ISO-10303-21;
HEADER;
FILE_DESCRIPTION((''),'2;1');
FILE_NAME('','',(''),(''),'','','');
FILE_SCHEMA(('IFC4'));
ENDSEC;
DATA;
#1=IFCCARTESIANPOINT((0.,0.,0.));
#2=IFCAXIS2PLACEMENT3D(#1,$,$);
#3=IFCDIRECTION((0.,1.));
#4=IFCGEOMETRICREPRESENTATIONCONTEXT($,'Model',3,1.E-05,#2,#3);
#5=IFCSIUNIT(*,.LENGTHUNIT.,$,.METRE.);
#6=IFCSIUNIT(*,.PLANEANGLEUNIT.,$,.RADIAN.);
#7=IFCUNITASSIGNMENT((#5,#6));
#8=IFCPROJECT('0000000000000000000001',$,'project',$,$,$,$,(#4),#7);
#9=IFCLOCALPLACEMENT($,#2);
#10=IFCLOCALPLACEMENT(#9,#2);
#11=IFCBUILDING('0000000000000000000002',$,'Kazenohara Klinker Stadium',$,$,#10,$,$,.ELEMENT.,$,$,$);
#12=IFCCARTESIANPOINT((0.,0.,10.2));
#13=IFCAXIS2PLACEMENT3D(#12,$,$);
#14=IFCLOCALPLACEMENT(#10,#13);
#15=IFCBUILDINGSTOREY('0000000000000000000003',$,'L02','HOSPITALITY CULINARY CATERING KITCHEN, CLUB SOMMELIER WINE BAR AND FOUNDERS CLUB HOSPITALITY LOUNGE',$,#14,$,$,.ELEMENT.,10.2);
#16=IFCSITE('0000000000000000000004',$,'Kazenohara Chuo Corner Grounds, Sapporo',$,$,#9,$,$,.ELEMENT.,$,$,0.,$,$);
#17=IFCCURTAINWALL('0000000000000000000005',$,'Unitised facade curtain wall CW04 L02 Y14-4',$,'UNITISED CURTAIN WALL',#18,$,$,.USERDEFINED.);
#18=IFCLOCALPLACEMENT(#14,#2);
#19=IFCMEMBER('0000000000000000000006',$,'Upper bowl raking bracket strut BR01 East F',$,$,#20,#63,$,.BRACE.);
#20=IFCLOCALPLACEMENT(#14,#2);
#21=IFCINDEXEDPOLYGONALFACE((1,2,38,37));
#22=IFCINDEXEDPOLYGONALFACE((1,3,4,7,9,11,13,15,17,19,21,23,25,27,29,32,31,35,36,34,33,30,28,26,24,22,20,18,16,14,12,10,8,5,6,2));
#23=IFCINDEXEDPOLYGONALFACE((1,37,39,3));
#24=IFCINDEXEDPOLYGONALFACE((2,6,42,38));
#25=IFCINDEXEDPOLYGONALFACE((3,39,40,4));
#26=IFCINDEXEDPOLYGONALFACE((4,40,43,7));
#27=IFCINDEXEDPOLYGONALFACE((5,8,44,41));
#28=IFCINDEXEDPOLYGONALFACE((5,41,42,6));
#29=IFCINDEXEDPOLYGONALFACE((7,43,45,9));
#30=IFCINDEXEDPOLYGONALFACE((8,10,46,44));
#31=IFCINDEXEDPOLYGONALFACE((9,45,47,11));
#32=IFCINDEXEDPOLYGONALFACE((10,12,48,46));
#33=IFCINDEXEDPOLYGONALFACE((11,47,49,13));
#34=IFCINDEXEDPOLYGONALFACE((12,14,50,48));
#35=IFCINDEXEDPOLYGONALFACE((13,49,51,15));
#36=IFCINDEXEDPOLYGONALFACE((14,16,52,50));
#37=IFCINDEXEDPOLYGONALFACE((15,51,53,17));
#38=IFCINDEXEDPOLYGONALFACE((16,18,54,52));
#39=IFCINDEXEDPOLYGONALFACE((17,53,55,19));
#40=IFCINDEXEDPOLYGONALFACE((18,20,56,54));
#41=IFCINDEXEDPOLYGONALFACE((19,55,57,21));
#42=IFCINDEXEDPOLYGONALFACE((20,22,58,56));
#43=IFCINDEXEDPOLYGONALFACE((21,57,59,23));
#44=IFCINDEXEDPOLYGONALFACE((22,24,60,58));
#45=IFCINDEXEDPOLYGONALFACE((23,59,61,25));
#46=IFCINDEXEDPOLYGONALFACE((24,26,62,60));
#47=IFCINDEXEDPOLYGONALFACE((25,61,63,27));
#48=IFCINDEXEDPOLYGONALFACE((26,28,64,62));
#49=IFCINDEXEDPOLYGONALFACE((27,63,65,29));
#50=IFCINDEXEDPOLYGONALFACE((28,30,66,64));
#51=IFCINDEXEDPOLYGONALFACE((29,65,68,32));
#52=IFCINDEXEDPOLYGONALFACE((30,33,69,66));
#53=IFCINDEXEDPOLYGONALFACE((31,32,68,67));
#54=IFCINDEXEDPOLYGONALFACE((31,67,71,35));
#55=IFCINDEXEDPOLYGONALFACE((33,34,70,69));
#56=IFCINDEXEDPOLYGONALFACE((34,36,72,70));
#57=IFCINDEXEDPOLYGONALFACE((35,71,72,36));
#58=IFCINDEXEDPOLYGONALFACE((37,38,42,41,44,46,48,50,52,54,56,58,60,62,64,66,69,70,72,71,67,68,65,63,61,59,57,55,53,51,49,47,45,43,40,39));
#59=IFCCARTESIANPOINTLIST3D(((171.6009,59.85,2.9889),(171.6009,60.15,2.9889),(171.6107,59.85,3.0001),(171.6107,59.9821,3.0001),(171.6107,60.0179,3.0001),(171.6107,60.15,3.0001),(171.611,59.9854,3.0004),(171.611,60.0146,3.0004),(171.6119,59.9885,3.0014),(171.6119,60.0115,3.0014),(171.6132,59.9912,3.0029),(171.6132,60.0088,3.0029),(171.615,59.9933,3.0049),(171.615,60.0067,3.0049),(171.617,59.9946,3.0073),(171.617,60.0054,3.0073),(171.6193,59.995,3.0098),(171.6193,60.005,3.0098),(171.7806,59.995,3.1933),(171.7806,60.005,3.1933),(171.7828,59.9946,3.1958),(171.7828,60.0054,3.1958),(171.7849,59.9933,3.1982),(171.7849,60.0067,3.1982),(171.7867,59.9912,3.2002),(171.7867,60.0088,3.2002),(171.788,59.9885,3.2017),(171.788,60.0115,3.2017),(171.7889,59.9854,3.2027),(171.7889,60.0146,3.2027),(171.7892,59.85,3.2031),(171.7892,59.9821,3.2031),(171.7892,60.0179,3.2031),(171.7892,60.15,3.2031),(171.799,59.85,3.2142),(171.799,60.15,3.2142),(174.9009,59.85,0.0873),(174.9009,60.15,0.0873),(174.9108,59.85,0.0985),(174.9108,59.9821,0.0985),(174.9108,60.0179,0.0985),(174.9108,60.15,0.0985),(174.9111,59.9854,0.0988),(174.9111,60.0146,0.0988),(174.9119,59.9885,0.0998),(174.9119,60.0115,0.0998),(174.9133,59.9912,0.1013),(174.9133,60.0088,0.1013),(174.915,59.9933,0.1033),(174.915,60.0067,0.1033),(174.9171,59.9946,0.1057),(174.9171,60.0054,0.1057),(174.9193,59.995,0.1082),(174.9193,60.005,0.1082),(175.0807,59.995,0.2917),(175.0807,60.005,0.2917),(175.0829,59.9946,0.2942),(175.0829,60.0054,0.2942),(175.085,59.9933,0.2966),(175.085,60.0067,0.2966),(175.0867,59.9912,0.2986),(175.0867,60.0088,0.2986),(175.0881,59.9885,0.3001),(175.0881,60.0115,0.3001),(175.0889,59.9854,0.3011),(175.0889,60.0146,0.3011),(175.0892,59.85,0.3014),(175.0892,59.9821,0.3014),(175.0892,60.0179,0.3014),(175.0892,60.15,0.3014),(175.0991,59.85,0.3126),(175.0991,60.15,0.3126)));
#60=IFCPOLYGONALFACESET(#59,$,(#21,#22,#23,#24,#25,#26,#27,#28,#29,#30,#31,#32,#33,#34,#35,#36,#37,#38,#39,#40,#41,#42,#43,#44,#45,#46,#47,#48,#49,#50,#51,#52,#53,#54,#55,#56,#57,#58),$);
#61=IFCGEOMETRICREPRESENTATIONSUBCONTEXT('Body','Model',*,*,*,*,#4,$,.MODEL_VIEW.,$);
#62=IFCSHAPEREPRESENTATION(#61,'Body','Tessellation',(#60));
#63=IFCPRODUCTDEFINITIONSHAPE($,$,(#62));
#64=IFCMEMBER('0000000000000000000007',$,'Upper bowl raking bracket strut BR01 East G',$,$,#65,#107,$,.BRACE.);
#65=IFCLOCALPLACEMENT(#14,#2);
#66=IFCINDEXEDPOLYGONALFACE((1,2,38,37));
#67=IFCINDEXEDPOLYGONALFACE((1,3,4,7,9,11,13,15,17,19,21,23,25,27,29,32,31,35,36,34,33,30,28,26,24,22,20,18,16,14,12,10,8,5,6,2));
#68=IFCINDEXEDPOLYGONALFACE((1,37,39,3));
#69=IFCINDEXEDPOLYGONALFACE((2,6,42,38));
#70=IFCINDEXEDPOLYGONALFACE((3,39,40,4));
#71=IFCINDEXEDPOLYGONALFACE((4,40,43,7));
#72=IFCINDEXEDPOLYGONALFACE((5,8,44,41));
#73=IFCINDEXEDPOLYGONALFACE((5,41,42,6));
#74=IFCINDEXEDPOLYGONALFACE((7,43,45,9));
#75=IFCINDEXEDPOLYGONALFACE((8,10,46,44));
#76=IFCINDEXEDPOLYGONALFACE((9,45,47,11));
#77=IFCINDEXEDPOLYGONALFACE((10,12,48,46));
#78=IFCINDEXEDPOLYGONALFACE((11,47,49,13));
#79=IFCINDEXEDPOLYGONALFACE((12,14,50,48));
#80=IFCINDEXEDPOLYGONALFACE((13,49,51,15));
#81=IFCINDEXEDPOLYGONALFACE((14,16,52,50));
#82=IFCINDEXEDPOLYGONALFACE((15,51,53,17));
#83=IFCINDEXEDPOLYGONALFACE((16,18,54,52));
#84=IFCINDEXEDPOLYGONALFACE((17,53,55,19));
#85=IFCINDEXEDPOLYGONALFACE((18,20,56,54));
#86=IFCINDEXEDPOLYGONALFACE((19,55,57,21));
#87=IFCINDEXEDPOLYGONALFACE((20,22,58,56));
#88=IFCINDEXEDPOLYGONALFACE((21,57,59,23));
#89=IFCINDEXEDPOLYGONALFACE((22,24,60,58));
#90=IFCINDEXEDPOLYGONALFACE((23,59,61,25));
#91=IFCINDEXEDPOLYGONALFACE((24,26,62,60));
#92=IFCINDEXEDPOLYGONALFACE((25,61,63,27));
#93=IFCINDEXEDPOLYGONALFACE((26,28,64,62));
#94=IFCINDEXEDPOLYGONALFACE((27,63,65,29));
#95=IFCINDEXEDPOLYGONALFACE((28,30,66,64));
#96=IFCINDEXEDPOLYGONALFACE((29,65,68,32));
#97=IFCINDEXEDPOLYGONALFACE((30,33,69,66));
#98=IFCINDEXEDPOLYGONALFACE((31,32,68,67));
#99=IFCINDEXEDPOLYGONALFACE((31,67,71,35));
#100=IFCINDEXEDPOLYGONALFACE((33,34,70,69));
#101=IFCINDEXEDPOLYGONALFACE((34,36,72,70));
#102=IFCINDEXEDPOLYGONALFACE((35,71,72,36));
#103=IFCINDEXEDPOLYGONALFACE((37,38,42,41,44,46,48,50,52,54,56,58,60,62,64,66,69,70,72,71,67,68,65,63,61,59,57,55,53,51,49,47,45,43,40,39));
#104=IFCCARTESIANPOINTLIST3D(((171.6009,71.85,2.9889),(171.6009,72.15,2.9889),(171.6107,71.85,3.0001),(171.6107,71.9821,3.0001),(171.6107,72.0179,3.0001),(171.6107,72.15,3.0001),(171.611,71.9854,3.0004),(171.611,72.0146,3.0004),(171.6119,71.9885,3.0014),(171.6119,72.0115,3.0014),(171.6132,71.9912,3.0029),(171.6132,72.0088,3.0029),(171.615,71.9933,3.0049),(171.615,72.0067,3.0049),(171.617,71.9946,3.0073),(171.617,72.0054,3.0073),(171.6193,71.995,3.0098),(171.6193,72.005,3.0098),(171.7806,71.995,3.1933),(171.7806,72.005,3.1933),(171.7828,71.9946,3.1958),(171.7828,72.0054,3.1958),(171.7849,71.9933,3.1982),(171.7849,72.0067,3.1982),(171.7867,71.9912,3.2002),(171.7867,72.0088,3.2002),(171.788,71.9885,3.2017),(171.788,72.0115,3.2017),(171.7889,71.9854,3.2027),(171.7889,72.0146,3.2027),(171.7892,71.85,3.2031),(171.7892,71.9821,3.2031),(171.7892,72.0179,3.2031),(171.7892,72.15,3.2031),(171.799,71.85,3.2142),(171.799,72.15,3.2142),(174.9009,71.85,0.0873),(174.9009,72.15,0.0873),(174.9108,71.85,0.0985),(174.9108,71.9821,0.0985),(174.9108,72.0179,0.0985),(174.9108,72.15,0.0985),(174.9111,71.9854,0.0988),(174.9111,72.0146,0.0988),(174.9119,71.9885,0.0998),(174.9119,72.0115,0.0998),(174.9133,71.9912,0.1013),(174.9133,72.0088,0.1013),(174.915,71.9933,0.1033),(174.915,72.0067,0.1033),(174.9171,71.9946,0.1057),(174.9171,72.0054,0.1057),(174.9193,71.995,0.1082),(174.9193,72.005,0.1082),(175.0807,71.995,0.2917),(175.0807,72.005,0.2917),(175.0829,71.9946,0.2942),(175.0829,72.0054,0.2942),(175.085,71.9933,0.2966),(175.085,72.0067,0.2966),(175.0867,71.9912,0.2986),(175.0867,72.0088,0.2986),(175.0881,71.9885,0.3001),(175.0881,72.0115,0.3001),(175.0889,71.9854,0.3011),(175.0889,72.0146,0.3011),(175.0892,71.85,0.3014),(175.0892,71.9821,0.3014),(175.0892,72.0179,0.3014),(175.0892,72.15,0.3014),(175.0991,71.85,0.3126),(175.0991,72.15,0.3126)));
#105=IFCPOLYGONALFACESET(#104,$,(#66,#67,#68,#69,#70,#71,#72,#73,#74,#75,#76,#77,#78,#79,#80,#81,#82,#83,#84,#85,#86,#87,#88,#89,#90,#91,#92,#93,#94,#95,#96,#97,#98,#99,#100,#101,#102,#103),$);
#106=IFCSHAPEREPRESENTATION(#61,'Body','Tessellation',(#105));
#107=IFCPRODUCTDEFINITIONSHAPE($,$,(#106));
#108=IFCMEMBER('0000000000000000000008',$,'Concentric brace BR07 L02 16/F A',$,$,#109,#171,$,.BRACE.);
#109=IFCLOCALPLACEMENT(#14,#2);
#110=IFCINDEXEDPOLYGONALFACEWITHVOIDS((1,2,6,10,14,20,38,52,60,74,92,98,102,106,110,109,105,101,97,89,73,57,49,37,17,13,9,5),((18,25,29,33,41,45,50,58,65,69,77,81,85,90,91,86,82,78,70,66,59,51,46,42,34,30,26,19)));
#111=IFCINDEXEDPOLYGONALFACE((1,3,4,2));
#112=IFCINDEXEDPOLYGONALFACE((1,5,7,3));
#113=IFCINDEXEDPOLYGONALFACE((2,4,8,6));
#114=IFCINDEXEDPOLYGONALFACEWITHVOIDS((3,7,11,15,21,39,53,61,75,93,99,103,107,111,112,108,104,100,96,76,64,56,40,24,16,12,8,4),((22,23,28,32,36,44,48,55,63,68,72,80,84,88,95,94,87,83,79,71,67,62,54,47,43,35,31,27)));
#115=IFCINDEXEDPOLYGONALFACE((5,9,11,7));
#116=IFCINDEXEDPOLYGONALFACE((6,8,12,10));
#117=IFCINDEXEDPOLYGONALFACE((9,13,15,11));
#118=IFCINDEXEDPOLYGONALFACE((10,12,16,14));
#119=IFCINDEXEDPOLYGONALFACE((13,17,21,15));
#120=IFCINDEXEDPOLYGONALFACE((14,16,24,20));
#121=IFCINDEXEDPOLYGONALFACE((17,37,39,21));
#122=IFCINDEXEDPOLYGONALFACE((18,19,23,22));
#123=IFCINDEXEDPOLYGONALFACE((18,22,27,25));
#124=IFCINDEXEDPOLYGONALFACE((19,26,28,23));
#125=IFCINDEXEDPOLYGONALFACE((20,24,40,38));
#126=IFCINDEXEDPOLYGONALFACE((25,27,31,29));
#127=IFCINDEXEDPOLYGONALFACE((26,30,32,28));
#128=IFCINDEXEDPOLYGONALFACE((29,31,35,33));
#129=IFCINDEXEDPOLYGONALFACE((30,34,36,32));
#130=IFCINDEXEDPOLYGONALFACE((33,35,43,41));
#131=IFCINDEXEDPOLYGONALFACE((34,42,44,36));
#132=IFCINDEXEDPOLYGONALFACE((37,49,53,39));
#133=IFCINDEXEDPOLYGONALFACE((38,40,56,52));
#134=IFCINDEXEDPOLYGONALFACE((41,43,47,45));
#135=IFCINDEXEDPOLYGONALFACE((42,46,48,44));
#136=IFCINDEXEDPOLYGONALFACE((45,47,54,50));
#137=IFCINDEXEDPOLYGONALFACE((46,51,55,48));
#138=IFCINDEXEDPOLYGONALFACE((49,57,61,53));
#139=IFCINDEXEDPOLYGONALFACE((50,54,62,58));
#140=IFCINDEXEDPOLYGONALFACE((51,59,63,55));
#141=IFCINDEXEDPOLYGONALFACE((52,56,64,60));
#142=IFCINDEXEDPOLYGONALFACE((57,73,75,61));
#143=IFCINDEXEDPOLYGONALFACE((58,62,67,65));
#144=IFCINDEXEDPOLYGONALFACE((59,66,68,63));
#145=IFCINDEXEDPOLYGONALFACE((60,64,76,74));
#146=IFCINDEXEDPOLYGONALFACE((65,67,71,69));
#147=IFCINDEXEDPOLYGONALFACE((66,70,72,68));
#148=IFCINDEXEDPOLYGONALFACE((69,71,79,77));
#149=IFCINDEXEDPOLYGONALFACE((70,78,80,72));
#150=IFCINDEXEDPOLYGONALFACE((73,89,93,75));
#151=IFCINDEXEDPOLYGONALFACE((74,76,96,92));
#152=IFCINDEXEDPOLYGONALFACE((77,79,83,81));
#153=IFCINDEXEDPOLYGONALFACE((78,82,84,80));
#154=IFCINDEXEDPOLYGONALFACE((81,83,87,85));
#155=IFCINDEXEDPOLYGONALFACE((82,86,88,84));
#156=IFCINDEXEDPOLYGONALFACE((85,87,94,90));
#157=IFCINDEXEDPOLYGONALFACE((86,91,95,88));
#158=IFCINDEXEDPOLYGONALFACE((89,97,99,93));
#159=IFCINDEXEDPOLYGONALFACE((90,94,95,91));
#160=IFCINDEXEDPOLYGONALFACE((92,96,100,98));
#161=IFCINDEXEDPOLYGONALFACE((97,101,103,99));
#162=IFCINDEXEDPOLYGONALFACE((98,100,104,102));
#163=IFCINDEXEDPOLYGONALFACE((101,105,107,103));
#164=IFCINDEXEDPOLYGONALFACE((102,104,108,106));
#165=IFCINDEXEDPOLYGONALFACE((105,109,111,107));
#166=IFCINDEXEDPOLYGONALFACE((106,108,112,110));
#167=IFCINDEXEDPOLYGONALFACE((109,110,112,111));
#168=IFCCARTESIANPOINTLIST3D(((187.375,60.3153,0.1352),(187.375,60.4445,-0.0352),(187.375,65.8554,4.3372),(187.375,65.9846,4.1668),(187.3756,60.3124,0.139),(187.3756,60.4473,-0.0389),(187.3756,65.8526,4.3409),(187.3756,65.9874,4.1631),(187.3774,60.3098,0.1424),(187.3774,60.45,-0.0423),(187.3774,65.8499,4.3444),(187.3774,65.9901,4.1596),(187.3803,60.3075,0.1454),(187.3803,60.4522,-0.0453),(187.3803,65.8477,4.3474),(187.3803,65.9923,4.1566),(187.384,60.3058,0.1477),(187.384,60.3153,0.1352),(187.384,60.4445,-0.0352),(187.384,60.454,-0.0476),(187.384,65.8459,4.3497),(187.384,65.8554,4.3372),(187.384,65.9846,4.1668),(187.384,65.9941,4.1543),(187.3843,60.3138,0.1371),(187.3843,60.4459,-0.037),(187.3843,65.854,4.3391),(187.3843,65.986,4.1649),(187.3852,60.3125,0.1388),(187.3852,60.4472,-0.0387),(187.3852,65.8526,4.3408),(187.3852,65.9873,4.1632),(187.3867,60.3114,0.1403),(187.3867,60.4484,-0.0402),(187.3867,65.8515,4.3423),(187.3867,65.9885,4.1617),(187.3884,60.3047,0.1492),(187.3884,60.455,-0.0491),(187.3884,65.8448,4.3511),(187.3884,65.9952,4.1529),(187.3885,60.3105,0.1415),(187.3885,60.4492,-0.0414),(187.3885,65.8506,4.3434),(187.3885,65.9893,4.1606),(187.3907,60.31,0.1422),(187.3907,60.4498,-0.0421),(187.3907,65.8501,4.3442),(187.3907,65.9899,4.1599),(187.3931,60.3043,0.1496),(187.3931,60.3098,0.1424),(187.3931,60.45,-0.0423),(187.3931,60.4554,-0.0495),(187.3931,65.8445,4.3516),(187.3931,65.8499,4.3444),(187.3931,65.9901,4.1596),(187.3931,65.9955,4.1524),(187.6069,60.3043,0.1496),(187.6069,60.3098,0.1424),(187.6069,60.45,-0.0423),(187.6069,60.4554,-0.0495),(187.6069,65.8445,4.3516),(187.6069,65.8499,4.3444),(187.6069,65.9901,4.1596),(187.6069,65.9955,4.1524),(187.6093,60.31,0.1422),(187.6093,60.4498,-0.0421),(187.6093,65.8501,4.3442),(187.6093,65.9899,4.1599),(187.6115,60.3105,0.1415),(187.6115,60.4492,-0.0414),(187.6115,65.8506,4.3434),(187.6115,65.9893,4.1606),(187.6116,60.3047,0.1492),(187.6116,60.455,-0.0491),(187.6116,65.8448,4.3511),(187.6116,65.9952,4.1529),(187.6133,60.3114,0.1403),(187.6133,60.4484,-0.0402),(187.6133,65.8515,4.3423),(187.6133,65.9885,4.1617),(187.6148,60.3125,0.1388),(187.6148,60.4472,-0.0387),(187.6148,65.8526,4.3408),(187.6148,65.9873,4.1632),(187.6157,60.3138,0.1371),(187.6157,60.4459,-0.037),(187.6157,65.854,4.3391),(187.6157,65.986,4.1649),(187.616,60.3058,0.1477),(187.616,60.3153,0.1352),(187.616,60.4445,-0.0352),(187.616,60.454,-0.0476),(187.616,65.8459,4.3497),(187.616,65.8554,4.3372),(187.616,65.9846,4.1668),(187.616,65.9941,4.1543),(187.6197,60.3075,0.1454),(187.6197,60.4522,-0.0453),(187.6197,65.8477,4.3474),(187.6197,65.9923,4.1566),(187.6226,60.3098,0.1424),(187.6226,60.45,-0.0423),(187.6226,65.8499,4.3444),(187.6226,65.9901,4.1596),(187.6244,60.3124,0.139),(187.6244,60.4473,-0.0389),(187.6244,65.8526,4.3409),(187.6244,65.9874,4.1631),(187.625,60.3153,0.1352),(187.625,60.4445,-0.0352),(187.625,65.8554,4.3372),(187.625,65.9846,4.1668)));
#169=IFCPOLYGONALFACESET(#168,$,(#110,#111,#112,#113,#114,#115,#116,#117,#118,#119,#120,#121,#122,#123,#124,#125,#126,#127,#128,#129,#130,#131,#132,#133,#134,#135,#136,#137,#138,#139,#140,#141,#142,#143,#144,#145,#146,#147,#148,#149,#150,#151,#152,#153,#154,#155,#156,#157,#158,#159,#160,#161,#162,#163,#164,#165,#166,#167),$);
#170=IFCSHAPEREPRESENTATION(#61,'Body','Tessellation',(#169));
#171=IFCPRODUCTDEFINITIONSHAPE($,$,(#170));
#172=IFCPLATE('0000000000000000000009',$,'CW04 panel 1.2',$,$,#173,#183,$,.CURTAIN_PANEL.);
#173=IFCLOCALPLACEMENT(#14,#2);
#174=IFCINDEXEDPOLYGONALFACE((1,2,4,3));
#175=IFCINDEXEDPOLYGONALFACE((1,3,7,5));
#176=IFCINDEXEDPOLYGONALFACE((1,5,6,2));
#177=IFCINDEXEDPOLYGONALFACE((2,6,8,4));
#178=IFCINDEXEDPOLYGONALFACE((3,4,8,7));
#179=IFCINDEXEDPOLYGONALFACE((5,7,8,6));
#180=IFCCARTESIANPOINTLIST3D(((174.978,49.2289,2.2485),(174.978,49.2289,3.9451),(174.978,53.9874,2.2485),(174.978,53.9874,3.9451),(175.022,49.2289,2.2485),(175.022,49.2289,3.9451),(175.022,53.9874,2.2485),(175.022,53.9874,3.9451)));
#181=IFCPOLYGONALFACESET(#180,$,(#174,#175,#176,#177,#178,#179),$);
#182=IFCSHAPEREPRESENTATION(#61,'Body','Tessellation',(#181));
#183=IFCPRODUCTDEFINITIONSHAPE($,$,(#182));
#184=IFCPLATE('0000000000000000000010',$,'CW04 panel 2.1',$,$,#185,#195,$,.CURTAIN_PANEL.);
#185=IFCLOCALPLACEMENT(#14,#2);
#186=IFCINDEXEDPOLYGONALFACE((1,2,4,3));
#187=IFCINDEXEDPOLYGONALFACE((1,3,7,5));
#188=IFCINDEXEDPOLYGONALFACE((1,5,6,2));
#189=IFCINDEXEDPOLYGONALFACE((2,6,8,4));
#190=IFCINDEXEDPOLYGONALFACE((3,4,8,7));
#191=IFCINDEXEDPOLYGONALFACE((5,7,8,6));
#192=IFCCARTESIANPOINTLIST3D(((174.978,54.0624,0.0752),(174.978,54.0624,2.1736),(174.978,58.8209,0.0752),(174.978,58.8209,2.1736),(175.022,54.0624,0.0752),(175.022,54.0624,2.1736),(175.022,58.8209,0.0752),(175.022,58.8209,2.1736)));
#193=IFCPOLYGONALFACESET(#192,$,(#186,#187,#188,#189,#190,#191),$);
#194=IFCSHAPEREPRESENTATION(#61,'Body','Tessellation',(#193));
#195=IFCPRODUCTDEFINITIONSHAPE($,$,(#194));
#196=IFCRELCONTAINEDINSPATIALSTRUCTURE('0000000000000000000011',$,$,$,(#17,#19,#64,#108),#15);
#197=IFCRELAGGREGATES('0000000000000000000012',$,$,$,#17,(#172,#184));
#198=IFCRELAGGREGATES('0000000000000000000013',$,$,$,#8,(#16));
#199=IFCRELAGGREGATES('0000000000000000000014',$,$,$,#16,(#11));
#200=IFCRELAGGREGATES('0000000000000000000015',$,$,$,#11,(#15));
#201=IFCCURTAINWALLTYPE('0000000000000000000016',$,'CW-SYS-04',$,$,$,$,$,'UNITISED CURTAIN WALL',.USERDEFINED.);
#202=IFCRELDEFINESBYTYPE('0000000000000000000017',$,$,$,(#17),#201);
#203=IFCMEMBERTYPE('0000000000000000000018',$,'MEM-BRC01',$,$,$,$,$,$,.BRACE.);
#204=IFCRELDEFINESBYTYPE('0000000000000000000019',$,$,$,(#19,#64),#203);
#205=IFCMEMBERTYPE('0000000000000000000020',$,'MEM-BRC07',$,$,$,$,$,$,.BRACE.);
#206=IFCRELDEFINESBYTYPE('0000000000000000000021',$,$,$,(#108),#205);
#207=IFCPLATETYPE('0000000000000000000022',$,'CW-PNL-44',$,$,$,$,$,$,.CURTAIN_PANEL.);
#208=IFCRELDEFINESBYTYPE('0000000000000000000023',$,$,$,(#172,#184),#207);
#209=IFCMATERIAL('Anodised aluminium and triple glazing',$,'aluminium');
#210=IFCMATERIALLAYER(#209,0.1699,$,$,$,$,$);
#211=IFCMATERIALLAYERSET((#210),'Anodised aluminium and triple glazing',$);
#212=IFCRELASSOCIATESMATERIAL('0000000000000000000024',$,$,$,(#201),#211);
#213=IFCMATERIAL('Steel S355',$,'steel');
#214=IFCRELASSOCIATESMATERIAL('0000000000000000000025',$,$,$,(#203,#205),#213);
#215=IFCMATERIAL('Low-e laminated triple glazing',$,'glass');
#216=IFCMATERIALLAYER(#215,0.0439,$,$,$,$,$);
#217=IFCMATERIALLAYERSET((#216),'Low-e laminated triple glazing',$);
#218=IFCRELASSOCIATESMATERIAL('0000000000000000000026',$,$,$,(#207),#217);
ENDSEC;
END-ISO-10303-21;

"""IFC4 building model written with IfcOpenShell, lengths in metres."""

from ifc_helpers import new_model, si_unit, direction, frame, origin, origin_2d, place, context, subcontext, project, spatial, rectangle, hollow_rectangle, i_section, extrude, material, layer, layer_set, material_profile, profile_set, type_object, element, aggregate, save


model = new_model("IFC4")

# Units and contexts
model_context = context("Model", 3, precision=1e-05, world=origin(), true_north=direction((0.0, 1.0)))
body_context = subcontext(model_context, "Body", "Model", "MODEL_VIEW")
ifc_project = project(units=[si_unit("LENGTHUNIT", "METRE"), si_unit("PLANEANGLEUNIT", "RADIAN")], contexts=[model_context])

# Site, building, storey
site_placement = place(None, origin())
site = spatial("IfcSite", under=ifc_project, at=site_placement, Name="Kazenohara Chuo Corner Grounds, Sapporo", CompositionType="ELEMENT", RefElevation=0.0)
building_placement = place(site_placement, origin())
building = spatial("IfcBuilding", under=site, at=building_placement, Name="Kazenohara Klinker Stadium", CompositionType="ELEMENT")
storey_placement = place(building_placement, frame((0.0, 0.0, 10.2)))
storey = spatial("IfcBuildingStorey", under=building, at=storey_placement, Name="L02", Description="HOSPITALITY CULINARY CATERING KITCHEN, CLUB SOMMELIER WINE BAR AND FOUNDERS CLUB HOSPITALITY LOUNGE", CompositionType="ELEMENT", Elevation=10.2)

# Shared definitions
ifc_material_1 = material(Name="Steel S355", Category="steel")

# Curtain wall
ifc_material_2 = material(Name="Anodised aluminium and triple glazing", Category="aluminium")
ifc_layer_1 = layer(ifc_material_2, 0.1699)
ifc_layer_set_1 = layer_set([ifc_layer_1], Name="Anodised aluminium and triple glazing")
curtain_wall_type = type_object("IfcCurtainWallType", Name="CW-SYS-04", ElementType="UNITISED CURTAIN WALL", PredefinedType="USERDEFINED", material=ifc_layer_set_1)
curtain_wall_placement = place(storey_placement, origin())
curtain_wall = element("IfcCurtainWall", 1, at=curtain_wall_placement, inside=storey, type_object=curtain_wall_type, Name="Unitised facade curtain wall CW04 L02 Y14-4", ObjectType="UNITISED CURTAIN WALL", PredefinedType="USERDEFINED")

# Members
ifc_material_profile_1 = material_profile(ifc_material_1, i_section(OverallWidth=0.3, OverallDepth=0.3, WebThickness=0.01, FlangeThickness=0.0149, FilletRadius=0.0129, at=origin_2d()), Name="H-300x300x10x15")
ifc_profile_set_1 = profile_set([ifc_material_profile_1], Name="Steel S355")
member_type_1 = type_object("IfcMemberType", Name="MEM-BRC01", PredefinedType="BRACE", material=ifc_profile_set_1)
for number, where, z_axis, x_axis, name in (
    (2, (175.0, 60.0, 0.2), (-0.750988, 0.0, 0.660316), (0.0, -1.0, 0.0), "Upper bowl raking bracket strut BR01 East F"),
    (3, (175.0, 72.0, 0.2), (-0.750988, 0.0, 0.660316), (0.0, -1.0, 0.0), "Upper bowl raking bracket strut BR01 East G"),
):
    element("IfcMember", number, at=place(storey_placement, frame(where, z_axis=z_axis, x_axis=x_axis)), inside=storey, type_object=member_type_1, Name=name, PredefinedType="BRACE", context=body_context, shape_type="SweptSolid", body=[
        extrude(i_section(OverallWidth=0.3, OverallDepth=0.3, WebThickness=0.01, FlangeThickness=0.0149, FilletRadius=0.0129, at=origin_2d()), origin(), (0.0, 0.0, 1.0), 4.3943),
    ])
ifc_material_profile_2 = material_profile(ifc_material_1, hollow_rectangle(XDim=0.25, YDim=0.25, WallThickness=0.009, InnerFilletRadius=0.009, OuterFilletRadius=0.0181, at=origin_2d()), Name="SHS-250x250x9")
ifc_profile_set_2 = profile_set([ifc_material_profile_2], Name="Steel S355")
member_type_2 = type_object("IfcMemberType", Name="MEM-BRC07", PredefinedType="BRACE", material=ifc_profile_set_2)
member_1_placement = place(storey_placement, frame((187.5, 60.3799, 0.05), z_axis=(0.0, 0.796752, 0.604306), x_axis=(-1.0, 0.0, 0.0)))
element("IfcMember", 4, at=member_1_placement, inside=storey, type_object=member_type_2, Name="Concentric brace BR07 L02 16/F A", PredefinedType="BRACE", context=body_context, shape_type="SweptSolid", body=[
    extrude(hollow_rectangle(XDim=0.25, YDim=0.25, WallThickness=0.009, InnerFilletRadius=0.009, OuterFilletRadius=0.0181, at=origin_2d()), origin(), (0.0, 0.0, 1.0), 6.9534),
])

# Plates
ifc_material_3 = material(Name="Low-e laminated triple glazing", Category="glass")
ifc_layer_2 = layer(ifc_material_3, 0.0439)
ifc_layer_set_2 = layer_set([ifc_layer_2], Name="Low-e laminated triple glazing")
plate_type_1 = type_object("IfcPlateType", Name="CW-PNL-44", PredefinedType="CURTAIN_PANEL", material=ifc_layer_set_2)
plate_1_placement = place(storey_placement, frame((175.0, 51.6082, 2.2485), z_axis=(0.0, 0.0, 1.0), x_axis=(0.0, 1.0, 0.0)))
plate_1 = element("IfcPlate", 5, at=plate_1_placement, type_object=plate_type_1, Name="CW04 panel 1.2", PredefinedType="CURTAIN_PANEL", context=body_context, shape_type="SweptSolid", body=[
    extrude(rectangle(XDim=4.7585, YDim=0.0439, at=origin_2d()), origin(), (0.0, 0.0, 1.0), 1.6965),
])
plate_2_placement = place(storey_placement, frame((175.0, 56.4417, 0.0752), z_axis=(0.0, 0.0, 1.0), x_axis=(0.0, 1.0, 0.0)))
plate_2 = element("IfcPlate", 6, at=plate_2_placement, type_object=plate_type_1, Name="CW04 panel 2.1", PredefinedType="CURTAIN_PANEL", context=body_context, shape_type="SweptSolid", body=[
    extrude(rectangle(XDim=4.7585, YDim=0.0439, at=origin_2d()), origin(), (0.0, 0.0, 1.0), 2.0984),
])
aggregate(curtain_wall, [plate_1, plate_2])

save(model, "model.ifc")
